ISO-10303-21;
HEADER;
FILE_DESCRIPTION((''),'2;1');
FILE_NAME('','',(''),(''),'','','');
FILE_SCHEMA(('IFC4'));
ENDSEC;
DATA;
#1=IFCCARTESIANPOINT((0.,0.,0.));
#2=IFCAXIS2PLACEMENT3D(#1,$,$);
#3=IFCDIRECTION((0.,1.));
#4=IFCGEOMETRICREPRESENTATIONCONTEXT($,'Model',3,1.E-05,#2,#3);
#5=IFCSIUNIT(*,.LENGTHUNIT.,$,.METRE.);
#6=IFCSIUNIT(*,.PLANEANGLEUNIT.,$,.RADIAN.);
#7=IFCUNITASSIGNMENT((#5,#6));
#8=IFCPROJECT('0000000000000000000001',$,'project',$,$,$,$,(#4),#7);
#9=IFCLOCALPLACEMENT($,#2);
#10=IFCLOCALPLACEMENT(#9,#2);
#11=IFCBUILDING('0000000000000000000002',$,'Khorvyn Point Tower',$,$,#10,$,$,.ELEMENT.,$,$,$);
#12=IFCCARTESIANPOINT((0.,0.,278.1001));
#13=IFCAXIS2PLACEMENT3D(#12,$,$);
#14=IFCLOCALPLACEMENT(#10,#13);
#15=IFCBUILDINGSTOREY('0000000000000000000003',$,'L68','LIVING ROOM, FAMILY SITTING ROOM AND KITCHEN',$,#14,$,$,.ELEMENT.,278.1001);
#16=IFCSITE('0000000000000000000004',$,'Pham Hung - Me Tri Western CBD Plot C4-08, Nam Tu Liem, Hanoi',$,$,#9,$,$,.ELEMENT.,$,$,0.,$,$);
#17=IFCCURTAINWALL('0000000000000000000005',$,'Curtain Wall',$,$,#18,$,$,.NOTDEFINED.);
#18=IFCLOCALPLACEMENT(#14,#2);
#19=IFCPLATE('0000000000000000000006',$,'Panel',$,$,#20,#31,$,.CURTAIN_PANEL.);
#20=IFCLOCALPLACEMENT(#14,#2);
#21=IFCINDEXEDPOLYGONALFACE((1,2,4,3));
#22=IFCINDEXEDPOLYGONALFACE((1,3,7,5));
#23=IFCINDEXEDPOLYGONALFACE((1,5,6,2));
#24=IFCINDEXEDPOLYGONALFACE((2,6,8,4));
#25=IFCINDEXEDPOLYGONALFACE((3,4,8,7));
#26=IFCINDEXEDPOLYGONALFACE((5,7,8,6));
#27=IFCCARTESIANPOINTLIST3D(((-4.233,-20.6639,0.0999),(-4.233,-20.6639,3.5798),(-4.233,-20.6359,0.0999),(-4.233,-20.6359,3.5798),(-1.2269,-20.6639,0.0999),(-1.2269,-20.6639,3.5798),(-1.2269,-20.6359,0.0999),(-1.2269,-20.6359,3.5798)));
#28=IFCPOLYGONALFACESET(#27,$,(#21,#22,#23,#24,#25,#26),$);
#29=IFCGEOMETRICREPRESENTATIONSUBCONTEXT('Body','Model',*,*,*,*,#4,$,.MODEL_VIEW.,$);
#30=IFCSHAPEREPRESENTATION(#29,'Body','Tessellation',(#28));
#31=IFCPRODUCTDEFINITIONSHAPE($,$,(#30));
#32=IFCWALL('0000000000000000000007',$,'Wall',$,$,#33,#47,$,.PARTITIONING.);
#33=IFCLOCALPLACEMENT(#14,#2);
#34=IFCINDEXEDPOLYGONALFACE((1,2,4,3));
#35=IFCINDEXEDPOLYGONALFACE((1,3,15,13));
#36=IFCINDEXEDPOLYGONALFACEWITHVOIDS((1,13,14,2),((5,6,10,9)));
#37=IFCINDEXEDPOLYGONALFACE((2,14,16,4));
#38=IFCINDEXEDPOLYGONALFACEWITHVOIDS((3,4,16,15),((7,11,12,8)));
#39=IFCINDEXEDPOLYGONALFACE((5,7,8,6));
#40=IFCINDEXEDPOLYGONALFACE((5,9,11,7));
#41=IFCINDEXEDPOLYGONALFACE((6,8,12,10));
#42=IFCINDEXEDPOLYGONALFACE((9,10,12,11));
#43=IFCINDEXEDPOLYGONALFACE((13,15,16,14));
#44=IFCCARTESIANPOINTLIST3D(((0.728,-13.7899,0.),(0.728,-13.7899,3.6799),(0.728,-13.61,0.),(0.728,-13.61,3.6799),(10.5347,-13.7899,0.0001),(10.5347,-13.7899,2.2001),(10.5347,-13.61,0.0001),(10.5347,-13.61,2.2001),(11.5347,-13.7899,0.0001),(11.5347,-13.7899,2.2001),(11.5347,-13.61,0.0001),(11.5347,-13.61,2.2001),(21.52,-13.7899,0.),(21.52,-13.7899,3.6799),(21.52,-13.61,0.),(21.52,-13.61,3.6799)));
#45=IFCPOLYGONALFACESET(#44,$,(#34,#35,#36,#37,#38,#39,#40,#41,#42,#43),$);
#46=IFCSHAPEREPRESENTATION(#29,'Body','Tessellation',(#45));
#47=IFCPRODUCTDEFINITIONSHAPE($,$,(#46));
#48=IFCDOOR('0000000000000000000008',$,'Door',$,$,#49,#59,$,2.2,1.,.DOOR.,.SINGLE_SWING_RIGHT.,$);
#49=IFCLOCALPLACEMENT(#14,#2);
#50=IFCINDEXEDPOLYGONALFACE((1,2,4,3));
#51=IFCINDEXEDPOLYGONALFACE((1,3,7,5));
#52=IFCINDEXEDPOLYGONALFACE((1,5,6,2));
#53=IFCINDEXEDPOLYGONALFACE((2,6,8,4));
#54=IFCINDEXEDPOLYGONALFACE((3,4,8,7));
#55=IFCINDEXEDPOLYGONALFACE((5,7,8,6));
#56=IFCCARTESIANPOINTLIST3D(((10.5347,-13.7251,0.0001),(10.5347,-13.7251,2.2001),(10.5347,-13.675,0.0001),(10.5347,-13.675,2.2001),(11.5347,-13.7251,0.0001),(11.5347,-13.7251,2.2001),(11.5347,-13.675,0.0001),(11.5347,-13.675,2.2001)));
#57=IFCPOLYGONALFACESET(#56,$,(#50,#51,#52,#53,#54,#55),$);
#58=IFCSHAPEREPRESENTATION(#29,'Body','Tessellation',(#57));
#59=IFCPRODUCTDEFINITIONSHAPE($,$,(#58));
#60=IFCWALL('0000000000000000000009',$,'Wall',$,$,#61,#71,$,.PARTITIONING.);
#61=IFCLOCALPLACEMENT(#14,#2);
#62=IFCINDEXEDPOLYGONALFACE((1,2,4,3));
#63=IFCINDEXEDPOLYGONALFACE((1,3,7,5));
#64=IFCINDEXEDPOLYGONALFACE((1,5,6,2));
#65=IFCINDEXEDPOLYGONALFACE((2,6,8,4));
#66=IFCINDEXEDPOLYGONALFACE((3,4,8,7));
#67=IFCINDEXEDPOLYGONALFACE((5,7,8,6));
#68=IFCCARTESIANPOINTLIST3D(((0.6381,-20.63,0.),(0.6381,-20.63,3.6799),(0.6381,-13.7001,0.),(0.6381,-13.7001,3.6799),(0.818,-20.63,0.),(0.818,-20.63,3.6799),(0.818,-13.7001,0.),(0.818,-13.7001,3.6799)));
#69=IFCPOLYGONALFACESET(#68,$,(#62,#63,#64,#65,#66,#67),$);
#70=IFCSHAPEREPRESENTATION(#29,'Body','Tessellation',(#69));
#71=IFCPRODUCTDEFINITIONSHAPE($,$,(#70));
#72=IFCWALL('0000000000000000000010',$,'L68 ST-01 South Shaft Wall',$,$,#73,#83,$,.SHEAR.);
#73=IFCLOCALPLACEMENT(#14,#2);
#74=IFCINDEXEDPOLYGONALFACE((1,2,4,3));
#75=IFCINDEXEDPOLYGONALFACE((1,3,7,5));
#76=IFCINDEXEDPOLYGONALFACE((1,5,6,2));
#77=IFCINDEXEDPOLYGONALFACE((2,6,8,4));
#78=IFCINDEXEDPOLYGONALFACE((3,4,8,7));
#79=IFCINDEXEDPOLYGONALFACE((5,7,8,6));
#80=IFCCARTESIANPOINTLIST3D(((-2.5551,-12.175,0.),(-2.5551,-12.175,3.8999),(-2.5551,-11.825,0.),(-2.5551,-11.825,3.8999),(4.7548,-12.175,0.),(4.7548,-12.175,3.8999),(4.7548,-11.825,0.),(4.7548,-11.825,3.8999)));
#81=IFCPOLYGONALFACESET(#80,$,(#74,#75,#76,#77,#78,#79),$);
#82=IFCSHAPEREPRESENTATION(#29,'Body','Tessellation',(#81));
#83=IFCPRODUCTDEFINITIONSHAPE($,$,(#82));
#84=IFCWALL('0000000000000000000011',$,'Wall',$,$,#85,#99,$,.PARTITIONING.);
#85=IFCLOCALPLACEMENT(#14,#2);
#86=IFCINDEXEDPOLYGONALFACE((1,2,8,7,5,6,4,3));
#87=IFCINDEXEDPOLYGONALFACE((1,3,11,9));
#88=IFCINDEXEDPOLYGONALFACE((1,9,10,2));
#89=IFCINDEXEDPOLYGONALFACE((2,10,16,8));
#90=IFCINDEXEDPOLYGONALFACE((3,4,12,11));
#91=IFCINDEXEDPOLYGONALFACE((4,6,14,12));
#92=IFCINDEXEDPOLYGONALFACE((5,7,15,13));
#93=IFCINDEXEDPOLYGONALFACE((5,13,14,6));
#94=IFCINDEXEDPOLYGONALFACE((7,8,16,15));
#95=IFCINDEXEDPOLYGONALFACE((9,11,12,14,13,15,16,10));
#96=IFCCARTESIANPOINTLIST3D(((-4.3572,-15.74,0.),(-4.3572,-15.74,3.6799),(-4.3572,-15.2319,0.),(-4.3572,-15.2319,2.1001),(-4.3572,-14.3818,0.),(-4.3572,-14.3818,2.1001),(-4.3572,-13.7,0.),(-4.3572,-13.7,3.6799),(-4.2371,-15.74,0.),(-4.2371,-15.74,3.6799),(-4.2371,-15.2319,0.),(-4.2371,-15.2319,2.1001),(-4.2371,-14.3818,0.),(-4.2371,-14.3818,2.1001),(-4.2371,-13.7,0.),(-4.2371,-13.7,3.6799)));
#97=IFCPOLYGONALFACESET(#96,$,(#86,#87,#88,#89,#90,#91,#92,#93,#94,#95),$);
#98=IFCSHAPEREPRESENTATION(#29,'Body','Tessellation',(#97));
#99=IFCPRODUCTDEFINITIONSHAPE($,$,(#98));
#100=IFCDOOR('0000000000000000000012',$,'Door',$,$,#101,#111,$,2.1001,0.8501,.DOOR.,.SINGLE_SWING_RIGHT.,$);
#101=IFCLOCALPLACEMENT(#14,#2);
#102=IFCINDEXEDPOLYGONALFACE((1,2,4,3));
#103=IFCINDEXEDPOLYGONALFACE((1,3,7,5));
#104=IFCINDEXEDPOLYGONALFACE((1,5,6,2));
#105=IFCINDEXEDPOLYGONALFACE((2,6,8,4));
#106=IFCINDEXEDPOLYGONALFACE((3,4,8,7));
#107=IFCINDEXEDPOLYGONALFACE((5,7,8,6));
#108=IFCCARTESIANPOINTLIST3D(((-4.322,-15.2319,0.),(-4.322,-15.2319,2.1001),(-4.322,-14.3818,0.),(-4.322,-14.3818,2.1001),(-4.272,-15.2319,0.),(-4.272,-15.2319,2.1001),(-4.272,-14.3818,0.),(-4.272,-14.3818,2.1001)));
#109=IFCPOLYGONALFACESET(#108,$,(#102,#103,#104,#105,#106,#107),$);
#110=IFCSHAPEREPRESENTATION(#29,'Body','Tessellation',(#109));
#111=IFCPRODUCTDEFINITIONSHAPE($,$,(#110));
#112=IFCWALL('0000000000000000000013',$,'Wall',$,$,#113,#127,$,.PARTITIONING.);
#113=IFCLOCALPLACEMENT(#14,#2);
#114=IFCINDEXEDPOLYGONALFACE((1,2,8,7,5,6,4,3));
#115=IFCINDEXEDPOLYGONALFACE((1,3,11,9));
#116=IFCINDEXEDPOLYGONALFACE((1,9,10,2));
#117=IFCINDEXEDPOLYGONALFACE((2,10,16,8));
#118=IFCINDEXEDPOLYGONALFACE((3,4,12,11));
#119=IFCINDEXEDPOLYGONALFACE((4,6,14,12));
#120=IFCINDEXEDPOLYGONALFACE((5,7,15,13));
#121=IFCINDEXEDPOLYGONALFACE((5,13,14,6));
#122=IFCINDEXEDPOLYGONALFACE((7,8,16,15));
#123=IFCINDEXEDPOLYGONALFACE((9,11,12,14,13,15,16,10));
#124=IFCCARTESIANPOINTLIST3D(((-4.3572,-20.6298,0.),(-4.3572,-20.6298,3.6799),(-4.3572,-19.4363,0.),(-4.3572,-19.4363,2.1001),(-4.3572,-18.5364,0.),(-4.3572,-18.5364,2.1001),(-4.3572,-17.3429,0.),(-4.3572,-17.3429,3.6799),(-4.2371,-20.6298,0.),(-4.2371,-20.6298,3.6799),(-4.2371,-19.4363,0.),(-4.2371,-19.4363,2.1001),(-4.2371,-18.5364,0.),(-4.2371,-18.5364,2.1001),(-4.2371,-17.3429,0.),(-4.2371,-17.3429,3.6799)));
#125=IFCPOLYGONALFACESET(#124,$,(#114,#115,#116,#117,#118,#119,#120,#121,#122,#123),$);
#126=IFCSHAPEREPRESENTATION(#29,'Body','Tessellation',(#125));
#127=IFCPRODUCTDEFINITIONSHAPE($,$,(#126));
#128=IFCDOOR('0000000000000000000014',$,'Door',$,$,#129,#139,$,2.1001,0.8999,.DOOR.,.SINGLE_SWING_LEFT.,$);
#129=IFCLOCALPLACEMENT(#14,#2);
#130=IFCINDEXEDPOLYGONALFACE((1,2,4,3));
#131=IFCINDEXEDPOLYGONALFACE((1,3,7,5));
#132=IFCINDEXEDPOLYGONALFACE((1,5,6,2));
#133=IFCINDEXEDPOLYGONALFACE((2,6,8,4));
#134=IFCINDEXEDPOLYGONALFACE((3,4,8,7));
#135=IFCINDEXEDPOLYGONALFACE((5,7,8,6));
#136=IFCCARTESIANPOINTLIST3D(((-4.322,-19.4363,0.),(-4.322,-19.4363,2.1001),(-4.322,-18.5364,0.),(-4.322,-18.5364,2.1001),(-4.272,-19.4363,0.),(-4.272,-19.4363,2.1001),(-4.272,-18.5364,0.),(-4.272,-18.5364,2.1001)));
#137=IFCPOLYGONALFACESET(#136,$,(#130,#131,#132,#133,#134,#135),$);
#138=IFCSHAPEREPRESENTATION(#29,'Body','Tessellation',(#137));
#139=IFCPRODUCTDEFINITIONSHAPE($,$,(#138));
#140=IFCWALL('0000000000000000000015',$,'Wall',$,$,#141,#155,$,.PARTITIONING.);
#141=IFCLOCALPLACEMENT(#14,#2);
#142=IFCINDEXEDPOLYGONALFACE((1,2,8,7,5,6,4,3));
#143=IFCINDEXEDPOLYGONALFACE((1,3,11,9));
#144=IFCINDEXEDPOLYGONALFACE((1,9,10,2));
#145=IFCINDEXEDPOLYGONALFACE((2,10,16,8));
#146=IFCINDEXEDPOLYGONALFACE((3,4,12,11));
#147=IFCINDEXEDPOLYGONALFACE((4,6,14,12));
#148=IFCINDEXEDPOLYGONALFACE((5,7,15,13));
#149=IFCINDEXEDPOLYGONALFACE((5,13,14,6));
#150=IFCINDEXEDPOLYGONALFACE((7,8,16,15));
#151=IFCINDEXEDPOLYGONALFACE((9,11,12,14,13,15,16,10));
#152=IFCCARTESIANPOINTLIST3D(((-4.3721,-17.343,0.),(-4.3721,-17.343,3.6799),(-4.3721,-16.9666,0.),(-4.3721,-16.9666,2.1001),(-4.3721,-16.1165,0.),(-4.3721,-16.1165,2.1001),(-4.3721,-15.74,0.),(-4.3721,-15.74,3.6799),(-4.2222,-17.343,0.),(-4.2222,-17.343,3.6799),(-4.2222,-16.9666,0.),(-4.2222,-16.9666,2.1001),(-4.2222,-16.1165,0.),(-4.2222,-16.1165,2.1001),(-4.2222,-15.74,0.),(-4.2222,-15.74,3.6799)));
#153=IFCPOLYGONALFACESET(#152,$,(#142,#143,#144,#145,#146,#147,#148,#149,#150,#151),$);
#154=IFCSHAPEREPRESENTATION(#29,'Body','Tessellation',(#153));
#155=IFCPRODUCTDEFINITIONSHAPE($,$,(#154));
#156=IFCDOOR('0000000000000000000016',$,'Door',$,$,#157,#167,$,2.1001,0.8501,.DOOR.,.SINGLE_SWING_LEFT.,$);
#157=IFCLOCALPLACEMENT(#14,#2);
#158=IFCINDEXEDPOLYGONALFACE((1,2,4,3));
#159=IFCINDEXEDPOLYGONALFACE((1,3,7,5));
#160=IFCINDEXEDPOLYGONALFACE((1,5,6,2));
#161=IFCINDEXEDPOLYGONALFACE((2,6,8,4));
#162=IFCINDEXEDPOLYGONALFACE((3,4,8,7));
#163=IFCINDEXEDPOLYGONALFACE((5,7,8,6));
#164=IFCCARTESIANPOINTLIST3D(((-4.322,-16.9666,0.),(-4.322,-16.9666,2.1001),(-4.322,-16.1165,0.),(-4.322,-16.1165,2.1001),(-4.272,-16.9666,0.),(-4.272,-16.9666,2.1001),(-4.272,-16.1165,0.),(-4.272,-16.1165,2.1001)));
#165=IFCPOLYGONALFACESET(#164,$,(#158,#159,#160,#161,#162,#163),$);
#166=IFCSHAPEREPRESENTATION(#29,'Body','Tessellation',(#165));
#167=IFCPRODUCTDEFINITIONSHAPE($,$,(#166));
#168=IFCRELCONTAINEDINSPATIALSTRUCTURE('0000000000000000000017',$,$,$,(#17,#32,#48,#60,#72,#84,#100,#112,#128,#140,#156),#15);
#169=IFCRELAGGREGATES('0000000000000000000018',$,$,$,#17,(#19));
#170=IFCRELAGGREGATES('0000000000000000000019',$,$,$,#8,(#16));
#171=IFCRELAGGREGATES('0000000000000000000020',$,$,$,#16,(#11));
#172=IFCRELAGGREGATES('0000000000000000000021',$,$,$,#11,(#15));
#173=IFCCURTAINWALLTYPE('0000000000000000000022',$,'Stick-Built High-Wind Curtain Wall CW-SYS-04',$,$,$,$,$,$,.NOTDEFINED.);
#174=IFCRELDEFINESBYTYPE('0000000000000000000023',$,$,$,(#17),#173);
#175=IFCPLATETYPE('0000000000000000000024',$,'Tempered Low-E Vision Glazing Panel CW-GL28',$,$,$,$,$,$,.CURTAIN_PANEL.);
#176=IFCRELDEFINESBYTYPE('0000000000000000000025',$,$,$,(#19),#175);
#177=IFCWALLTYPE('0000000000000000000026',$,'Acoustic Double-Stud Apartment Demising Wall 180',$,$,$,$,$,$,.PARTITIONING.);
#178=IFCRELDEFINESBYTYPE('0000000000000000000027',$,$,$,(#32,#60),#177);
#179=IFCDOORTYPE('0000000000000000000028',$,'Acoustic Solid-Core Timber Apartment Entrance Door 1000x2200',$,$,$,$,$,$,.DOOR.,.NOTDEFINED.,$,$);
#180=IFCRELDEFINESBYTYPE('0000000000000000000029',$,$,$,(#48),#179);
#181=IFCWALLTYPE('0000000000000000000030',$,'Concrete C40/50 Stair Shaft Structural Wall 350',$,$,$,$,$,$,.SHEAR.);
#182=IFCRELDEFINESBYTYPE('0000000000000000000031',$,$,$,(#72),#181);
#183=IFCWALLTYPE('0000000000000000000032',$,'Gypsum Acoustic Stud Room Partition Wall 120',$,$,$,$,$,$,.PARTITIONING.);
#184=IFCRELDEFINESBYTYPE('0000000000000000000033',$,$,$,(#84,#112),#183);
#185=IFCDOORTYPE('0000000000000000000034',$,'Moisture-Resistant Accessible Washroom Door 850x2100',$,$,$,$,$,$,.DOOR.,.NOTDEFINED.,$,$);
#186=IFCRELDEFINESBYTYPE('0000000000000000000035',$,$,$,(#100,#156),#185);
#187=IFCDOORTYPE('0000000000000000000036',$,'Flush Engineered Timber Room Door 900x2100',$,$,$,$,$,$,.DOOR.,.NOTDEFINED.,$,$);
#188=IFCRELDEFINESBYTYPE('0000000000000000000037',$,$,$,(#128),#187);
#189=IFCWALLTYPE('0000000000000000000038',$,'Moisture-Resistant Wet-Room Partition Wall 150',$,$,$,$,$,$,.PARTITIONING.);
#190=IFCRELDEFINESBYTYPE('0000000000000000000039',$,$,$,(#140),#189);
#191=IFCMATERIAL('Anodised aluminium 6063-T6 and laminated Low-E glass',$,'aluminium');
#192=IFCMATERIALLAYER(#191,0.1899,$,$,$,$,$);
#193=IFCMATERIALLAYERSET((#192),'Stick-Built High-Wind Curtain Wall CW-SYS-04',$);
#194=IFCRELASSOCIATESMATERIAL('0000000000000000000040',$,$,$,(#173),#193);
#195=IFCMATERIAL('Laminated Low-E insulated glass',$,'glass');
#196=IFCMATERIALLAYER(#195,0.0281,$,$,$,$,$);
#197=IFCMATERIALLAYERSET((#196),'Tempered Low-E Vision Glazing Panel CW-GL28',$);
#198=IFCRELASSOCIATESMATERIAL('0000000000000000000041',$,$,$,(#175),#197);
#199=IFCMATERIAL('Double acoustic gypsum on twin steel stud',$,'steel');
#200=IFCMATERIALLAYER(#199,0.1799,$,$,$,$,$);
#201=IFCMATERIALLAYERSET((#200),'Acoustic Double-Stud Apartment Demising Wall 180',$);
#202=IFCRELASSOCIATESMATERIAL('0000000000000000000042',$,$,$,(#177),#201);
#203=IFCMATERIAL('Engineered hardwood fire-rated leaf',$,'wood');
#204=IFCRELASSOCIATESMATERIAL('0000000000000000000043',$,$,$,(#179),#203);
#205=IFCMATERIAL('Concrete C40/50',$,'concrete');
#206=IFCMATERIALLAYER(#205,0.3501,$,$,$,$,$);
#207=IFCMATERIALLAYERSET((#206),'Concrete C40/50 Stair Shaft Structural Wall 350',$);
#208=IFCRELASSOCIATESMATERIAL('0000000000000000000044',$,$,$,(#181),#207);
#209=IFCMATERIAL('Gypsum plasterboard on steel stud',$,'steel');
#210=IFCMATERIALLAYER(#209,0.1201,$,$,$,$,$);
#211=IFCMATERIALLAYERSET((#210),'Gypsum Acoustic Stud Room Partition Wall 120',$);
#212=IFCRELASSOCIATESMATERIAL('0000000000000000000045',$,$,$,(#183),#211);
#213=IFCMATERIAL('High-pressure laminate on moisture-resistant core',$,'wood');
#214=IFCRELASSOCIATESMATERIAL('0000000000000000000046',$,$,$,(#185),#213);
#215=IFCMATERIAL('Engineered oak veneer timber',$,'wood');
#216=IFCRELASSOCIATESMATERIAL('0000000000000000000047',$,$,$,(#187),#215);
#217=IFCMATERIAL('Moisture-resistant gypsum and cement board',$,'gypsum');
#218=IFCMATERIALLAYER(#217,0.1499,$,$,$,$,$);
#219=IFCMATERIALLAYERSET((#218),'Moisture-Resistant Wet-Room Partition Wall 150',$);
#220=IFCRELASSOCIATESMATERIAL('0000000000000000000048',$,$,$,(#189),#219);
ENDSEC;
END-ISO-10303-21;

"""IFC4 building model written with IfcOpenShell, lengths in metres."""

from ifc_helpers import new_model, si_unit, direction, frame, frame_2d, origin, origin_2d, place, context, subcontext, project, spatial, rectangle, extrude, material, layer, layer_set, type_object, element, fill, aggregate, save


model = new_model("IFC4")

# Units and contexts
model_context = context("Model", 3, precision=1e-05, world=origin(), true_north=direction((0.0, 1.0)))
body_context = subcontext(model_context, "Body", "Model", "MODEL_VIEW")
ifc_project = project(units=[si_unit("LENGTHUNIT", "METRE"), si_unit("PLANEANGLEUNIT", "RADIAN")], contexts=[model_context])

# Site, building, storey
site_placement = place(None, origin())
site = spatial("IfcSite", under=ifc_project, at=site_placement, Name="Pham Hung - Me Tri Western CBD Plot C4-08, Nam Tu Liem, Hanoi", CompositionType="ELEMENT", RefElevation=0.0)
building_placement = place(site_placement, origin())
building = spatial("IfcBuilding", under=site, at=building_placement, Name="Khorvyn Point Tower", CompositionType="ELEMENT")
storey_placement = place(building_placement, frame((0.0, 0.0, 278.1001)))
storey = spatial("IfcBuildingStorey", under=building, at=storey_placement, Name="L68", Description="LIVING ROOM, FAMILY SITTING ROOM AND KITCHEN", CompositionType="ELEMENT", Elevation=278.1001)

# Shared definitions
ifc_material_1 = material(Name="Concrete C40/50", Category="concrete")

# Curtain wall
ifc_material_2 = material(Name="Anodised aluminium 6063-T6 and laminated Low-E glass", Category="aluminium")
ifc_layer_1 = layer(ifc_material_2, 0.1899)
ifc_layer_set_1 = layer_set([ifc_layer_1], Name="Stick-Built High-Wind Curtain Wall CW-SYS-04")
curtain_wall_type = type_object("IfcCurtainWallType", Name="Stick-Built High-Wind Curtain Wall CW-SYS-04", PredefinedType="NOTDEFINED", material=ifc_layer_set_1)
curtain_wall_placement = place(storey_placement, origin())
curtain_wall = element("IfcCurtainWall", 1, at=curtain_wall_placement, inside=storey, type_object=curtain_wall_type, Name="Curtain Wall", PredefinedType="NOTDEFINED")

# Plate
ifc_material_3 = material(Name="Laminated Low-E insulated glass", Category="glass")
ifc_layer_2 = layer(ifc_material_3, 0.0281)
ifc_layer_set_2 = layer_set([ifc_layer_2], Name="Tempered Low-E Vision Glazing Panel CW-GL28")
plate_type = type_object("IfcPlateType", Name="Tempered Low-E Vision Glazing Panel CW-GL28", PredefinedType="CURTAIN_PANEL", material=ifc_layer_set_2)
plate_1_placement = place(storey_placement, frame((-2.73, -20.6499, 0.0999), z_axis=(0.0, 0.0, 1.0), x_axis=(-1.0, 0.0, 0.0)))
plate_1 = element("IfcPlate", 2, at=plate_1_placement, type_object=plate_type, Name="Panel", PredefinedType="CURTAIN_PANEL", context=body_context, shape_type="SweptSolid", body=[
    extrude(rectangle(XDim=3.0061, YDim=0.0281, at=origin_2d()), origin(), (0.0, 0.0, 1.0), 3.48),
])
aggregate(curtain_wall, [plate_1])

# Wall, opening, door
ifc_material_4 = material(Name="Double acoustic gypsum on twin steel stud", Category="steel")
ifc_layer_3 = layer(ifc_material_4, 0.1799)
ifc_layer_set_3 = layer_set([ifc_layer_3], Name="Acoustic Double-Stud Apartment Demising Wall 180")
wall_type_1 = type_object("IfcWallType", Name="Acoustic Double-Stud Apartment Demising Wall 180", PredefinedType="PARTITIONING", material=ifc_layer_set_3)
wall_1_placement = place(storey_placement, frame((0.728, -13.7, 0.0), z_axis=(0.0, 0.0, 1.0), x_axis=(1.0, 0.0, 0.0)))
wall_1 = element("IfcWall", 3, at=wall_1_placement, inside=storey, type_object=wall_type_1, Name="Wall", PredefinedType="PARTITIONING", context=body_context, shape_type="SweptSolid", body=[
    extrude(rectangle(XDim=20.792, YDim=0.1799, at=frame_2d((10.396, 0.0))), origin(), (0.0, 0.0, 1.0), 3.6799),
])
opening_1_placement = place(wall_1_placement, frame((9.8066, 0.0, 0.0)))
opening_1 = element("IfcOpeningElement", 4, at=opening_1_placement, cuts=wall_1, PredefinedType="OPENING", context=body_context, shape_type="SweptSolid", body=[
    extrude(rectangle(XDim=1.0, YDim=2.2, at=frame_2d((0.5, 1.1001))), frame((0.0, 0.0999, 0.0), z_axis=(0.0, -1.0, 0.0), x_axis=(1.0, 0.0, 0.0)), (0.0, 0.0, 1.0), 0.2),
])
ifc_material_5 = material(Name="Engineered hardwood fire-rated leaf", Category="wood")
door_type_1 = type_object("IfcDoorType", Name="Acoustic Solid-Core Timber Apartment Entrance Door 1000x2200", OperationType="NOTDEFINED", PredefinedType="DOOR", material=ifc_material_5)
door_1_placement = place(opening_1_placement, origin())
door_1 = element("IfcDoor", 5, at=door_1_placement, inside=storey, type_object=door_type_1, Name="Door", OperationType="SINGLE_SWING_RIGHT", OverallHeight=2.2, OverallWidth=1.0, PredefinedType="DOOR", context=body_context, shape_type="SweptSolid", body=[
    extrude(rectangle(XDim=1.0, YDim=2.2, at=frame_2d((0.5, 1.1001))), frame((0.0, 0.0249, 0.0), z_axis=(0.0, -1.0, 0.0), x_axis=(1.0, 0.0, 0.0)), (0.0, 0.0, 1.0), 0.05),
])
fill(opening_1, door_1)

# Walls
wall_2_placement = place(storey_placement, frame((0.728, -20.6299, 0.0), z_axis=(0.0, 0.0, 1.0), x_axis=(0.0, 1.0, 0.0)))
element("IfcWall", 6, at=wall_2_placement, inside=storey, type_object=wall_type_1, Name="Wall", PredefinedType="PARTITIONING", context=body_context, shape_type="SweptSolid", body=[
    extrude(rectangle(XDim=6.9299, YDim=0.1799, at=frame_2d((3.4648, 0.0))), origin(), (0.0, 0.0, 1.0), 3.6799),
])
ifc_layer_4 = layer(ifc_material_1, 0.3501)
ifc_layer_set_4 = layer_set([ifc_layer_4], Name="Concrete C40/50 Stair Shaft Structural Wall 350")
wall_type_2 = type_object("IfcWallType", Name="Concrete C40/50 Stair Shaft Structural Wall 350", PredefinedType="SHEAR", material=ifc_layer_set_4)
wall_3_placement = place(storey_placement, frame((-2.5549, -12.0, 0.0), z_axis=(0.0, 0.0, 1.0), x_axis=(1.0, 0.0, 0.0)))
element("IfcWall", 7, at=wall_3_placement, inside=storey, type_object=wall_type_2, Name="L68 ST-01 South Shaft Wall", PredefinedType="SHEAR", context=body_context, shape_type="SweptSolid", body=[
    extrude(rectangle(XDim=7.3098, YDim=0.3501, at=frame_2d((3.6548, 0.0))), origin(), (0.0, 0.0, 1.0), 3.8999),
])

# Walls, openings, doors
ifc_material_6 = material(Name="Gypsum plasterboard on steel stud", Category="steel")
ifc_layer_5 = layer(ifc_material_6, 0.1201)
ifc_layer_set_5 = layer_set([ifc_layer_5], Name="Gypsum Acoustic Stud Room Partition Wall 120")
wall_type_3 = type_object("IfcWallType", Name="Gypsum Acoustic Stud Room Partition Wall 120", PredefinedType="PARTITIONING", material=ifc_layer_set_5)
wall_4_placement = place(storey_placement, frame((-4.2971, -15.74, 0.0), z_axis=(0.0, 0.0, 1.0), x_axis=(0.0, 1.0, 0.0)))
wall_4 = element("IfcWall", 8, at=wall_4_placement, inside=storey, type_object=wall_type_3, Name="Wall", PredefinedType="PARTITIONING", context=body_context, shape_type="SweptSolid", body=[
    extrude(rectangle(XDim=2.04, YDim=0.1201, at=frame_2d((1.02, 0.0))), origin(), (0.0, 0.0, 1.0), 3.6799),
])
opening_2_placement = place(wall_4_placement, frame((0.5081, 0.0, 0.0)))
opening_2 = element("IfcOpeningElement", 9, at=opening_2_placement, cuts=wall_4, PredefinedType="OPENING", context=body_context, shape_type="SweptSolid", body=[
    extrude(rectangle(XDim=0.8501, YDim=2.1001, at=frame_2d((0.425, 1.05))), frame((0.0, 0.0701, 0.0), z_axis=(0.0, -1.0, 0.0), x_axis=(1.0, 0.0, 0.0)), (0.0, 0.0, 1.0), 0.1401),
])
ifc_material_7 = material(Name="High-pressure laminate on moisture-resistant core", Category="wood")
door_type_2 = type_object("IfcDoorType", Name="Moisture-Resistant Accessible Washroom Door 850x2100", OperationType="NOTDEFINED", PredefinedType="DOOR", material=ifc_material_7)
door_2_placement = place(opening_2_placement, origin())
door_2 = element("IfcDoor", 10, at=door_2_placement, inside=storey, type_object=door_type_2, Name="Door", OperationType="SINGLE_SWING_RIGHT", OverallHeight=2.1001, OverallWidth=0.8501, PredefinedType="DOOR", context=body_context, shape_type="SweptSolid", body=[
    extrude(rectangle(XDim=0.8501, YDim=2.1001, at=frame_2d((0.425, 1.05))), frame((0.0, 0.0249, 0.0), z_axis=(0.0, -1.0, 0.0), x_axis=(1.0, 0.0, 0.0)), (0.0, 0.0, 1.0), 0.05),
])
fill(opening_2, door_2)
wall_5_placement = place(storey_placement, frame((-4.2971, -20.6299, 0.0), z_axis=(0.0, 0.0, 1.0), x_axis=(0.0, 1.0, 0.0)))
wall_5 = element("IfcWall", 11, at=wall_5_placement, inside=storey, type_object=wall_type_3, Name="Wall", PredefinedType="PARTITIONING", context=body_context, shape_type="SweptSolid", body=[
    extrude(rectangle(XDim=3.2869, YDim=0.1201, at=frame_2d((1.6436, 0.0))), origin(), (0.0, 0.0, 1.0), 3.6799),
])
opening_3_placement = place(wall_5_placement, frame((1.1936, 0.0, 0.0)))
opening_3 = element("IfcOpeningElement", 12, at=opening_3_placement, cuts=wall_5, PredefinedType="OPENING", context=body_context, shape_type="SweptSolid", body=[
    extrude(rectangle(XDim=0.8999, YDim=2.1001, at=frame_2d((0.45, 1.05))), frame((0.0, 0.0701, 0.0), z_axis=(0.0, -1.0, 0.0), x_axis=(1.0, 0.0, 0.0)), (0.0, 0.0, 1.0), 0.1401),
])
ifc_material_8 = material(Name="Engineered oak veneer timber", Category="wood")
door_type_3 = type_object("IfcDoorType", Name="Flush Engineered Timber Room Door 900x2100", OperationType="NOTDEFINED", PredefinedType="DOOR", material=ifc_material_8)
door_3_placement = place(opening_3_placement, origin())
door_3 = element("IfcDoor", 13, at=door_3_placement, inside=storey, type_object=door_type_3, Name="Door", OperationType="SINGLE_SWING_LEFT", OverallHeight=2.1001, OverallWidth=0.8999, PredefinedType="DOOR", context=body_context, shape_type="SweptSolid", body=[
    extrude(rectangle(XDim=0.8999, YDim=2.1001, at=frame_2d((0.45, 1.05))), frame((0.0, 0.0249, 0.0), z_axis=(0.0, -1.0, 0.0), x_axis=(1.0, 0.0, 0.0)), (0.0, 0.0, 1.0), 0.05),
])
fill(opening_3, door_3)
ifc_material_9 = material(Name="Moisture-resistant gypsum and cement board", Category="gypsum")
ifc_layer_6 = layer(ifc_material_9, 0.1499)
ifc_layer_set_6 = layer_set([ifc_layer_6], Name="Moisture-Resistant Wet-Room Partition Wall 150")
wall_type_4 = type_object("IfcWallType", Name="Moisture-Resistant Wet-Room Partition Wall 150", PredefinedType="PARTITIONING", material=ifc_layer_set_6)
wall_6_placement = place(storey_placement, frame((-4.2971, -17.343, 0.0), z_axis=(0.0, 0.0, 1.0), x_axis=(0.0, 1.0, 0.0)))
wall_6 = element("IfcWall", 14, at=wall_6_placement, inside=storey, type_object=wall_type_4, Name="Wall", PredefinedType="PARTITIONING", context=body_context, shape_type="SweptSolid", body=[
    extrude(rectangle(XDim=1.603, YDim=0.1499, at=frame_2d((0.8015, 0.0))), origin(), (0.0, 0.0, 1.0), 3.6799),
])
opening_4_placement = place(wall_6_placement, frame((0.3765, 0.0, 0.0)))
opening_4 = element("IfcOpeningElement", 15, at=opening_4_placement, cuts=wall_6, PredefinedType="OPENING", context=body_context, shape_type="SweptSolid", body=[
    extrude(rectangle(XDim=0.8501, YDim=2.1001, at=frame_2d((0.425, 1.05))), frame((0.0, 0.085, 0.0), z_axis=(0.0, -1.0, 0.0), x_axis=(1.0, 0.0, 0.0)), (0.0, 0.0, 1.0), 0.1699),
])
door_4_placement = place(opening_4_placement, origin())
door_4 = element("IfcDoor", 16, at=door_4_placement, inside=storey, type_object=door_type_2, Name="Door", OperationType="SINGLE_SWING_LEFT", OverallHeight=2.1001, OverallWidth=0.8501, PredefinedType="DOOR", context=body_context, shape_type="SweptSolid", body=[
    extrude(rectangle(XDim=0.8501, YDim=2.1001, at=frame_2d((0.425, 1.05))), frame((0.0, 0.0249, 0.0), z_axis=(0.0, -1.0, 0.0), x_axis=(1.0, 0.0, 0.0)), (0.0, 0.0, 1.0), 0.05),
])
fill(opening_4, door_4)

save(model, "model.ifc")
